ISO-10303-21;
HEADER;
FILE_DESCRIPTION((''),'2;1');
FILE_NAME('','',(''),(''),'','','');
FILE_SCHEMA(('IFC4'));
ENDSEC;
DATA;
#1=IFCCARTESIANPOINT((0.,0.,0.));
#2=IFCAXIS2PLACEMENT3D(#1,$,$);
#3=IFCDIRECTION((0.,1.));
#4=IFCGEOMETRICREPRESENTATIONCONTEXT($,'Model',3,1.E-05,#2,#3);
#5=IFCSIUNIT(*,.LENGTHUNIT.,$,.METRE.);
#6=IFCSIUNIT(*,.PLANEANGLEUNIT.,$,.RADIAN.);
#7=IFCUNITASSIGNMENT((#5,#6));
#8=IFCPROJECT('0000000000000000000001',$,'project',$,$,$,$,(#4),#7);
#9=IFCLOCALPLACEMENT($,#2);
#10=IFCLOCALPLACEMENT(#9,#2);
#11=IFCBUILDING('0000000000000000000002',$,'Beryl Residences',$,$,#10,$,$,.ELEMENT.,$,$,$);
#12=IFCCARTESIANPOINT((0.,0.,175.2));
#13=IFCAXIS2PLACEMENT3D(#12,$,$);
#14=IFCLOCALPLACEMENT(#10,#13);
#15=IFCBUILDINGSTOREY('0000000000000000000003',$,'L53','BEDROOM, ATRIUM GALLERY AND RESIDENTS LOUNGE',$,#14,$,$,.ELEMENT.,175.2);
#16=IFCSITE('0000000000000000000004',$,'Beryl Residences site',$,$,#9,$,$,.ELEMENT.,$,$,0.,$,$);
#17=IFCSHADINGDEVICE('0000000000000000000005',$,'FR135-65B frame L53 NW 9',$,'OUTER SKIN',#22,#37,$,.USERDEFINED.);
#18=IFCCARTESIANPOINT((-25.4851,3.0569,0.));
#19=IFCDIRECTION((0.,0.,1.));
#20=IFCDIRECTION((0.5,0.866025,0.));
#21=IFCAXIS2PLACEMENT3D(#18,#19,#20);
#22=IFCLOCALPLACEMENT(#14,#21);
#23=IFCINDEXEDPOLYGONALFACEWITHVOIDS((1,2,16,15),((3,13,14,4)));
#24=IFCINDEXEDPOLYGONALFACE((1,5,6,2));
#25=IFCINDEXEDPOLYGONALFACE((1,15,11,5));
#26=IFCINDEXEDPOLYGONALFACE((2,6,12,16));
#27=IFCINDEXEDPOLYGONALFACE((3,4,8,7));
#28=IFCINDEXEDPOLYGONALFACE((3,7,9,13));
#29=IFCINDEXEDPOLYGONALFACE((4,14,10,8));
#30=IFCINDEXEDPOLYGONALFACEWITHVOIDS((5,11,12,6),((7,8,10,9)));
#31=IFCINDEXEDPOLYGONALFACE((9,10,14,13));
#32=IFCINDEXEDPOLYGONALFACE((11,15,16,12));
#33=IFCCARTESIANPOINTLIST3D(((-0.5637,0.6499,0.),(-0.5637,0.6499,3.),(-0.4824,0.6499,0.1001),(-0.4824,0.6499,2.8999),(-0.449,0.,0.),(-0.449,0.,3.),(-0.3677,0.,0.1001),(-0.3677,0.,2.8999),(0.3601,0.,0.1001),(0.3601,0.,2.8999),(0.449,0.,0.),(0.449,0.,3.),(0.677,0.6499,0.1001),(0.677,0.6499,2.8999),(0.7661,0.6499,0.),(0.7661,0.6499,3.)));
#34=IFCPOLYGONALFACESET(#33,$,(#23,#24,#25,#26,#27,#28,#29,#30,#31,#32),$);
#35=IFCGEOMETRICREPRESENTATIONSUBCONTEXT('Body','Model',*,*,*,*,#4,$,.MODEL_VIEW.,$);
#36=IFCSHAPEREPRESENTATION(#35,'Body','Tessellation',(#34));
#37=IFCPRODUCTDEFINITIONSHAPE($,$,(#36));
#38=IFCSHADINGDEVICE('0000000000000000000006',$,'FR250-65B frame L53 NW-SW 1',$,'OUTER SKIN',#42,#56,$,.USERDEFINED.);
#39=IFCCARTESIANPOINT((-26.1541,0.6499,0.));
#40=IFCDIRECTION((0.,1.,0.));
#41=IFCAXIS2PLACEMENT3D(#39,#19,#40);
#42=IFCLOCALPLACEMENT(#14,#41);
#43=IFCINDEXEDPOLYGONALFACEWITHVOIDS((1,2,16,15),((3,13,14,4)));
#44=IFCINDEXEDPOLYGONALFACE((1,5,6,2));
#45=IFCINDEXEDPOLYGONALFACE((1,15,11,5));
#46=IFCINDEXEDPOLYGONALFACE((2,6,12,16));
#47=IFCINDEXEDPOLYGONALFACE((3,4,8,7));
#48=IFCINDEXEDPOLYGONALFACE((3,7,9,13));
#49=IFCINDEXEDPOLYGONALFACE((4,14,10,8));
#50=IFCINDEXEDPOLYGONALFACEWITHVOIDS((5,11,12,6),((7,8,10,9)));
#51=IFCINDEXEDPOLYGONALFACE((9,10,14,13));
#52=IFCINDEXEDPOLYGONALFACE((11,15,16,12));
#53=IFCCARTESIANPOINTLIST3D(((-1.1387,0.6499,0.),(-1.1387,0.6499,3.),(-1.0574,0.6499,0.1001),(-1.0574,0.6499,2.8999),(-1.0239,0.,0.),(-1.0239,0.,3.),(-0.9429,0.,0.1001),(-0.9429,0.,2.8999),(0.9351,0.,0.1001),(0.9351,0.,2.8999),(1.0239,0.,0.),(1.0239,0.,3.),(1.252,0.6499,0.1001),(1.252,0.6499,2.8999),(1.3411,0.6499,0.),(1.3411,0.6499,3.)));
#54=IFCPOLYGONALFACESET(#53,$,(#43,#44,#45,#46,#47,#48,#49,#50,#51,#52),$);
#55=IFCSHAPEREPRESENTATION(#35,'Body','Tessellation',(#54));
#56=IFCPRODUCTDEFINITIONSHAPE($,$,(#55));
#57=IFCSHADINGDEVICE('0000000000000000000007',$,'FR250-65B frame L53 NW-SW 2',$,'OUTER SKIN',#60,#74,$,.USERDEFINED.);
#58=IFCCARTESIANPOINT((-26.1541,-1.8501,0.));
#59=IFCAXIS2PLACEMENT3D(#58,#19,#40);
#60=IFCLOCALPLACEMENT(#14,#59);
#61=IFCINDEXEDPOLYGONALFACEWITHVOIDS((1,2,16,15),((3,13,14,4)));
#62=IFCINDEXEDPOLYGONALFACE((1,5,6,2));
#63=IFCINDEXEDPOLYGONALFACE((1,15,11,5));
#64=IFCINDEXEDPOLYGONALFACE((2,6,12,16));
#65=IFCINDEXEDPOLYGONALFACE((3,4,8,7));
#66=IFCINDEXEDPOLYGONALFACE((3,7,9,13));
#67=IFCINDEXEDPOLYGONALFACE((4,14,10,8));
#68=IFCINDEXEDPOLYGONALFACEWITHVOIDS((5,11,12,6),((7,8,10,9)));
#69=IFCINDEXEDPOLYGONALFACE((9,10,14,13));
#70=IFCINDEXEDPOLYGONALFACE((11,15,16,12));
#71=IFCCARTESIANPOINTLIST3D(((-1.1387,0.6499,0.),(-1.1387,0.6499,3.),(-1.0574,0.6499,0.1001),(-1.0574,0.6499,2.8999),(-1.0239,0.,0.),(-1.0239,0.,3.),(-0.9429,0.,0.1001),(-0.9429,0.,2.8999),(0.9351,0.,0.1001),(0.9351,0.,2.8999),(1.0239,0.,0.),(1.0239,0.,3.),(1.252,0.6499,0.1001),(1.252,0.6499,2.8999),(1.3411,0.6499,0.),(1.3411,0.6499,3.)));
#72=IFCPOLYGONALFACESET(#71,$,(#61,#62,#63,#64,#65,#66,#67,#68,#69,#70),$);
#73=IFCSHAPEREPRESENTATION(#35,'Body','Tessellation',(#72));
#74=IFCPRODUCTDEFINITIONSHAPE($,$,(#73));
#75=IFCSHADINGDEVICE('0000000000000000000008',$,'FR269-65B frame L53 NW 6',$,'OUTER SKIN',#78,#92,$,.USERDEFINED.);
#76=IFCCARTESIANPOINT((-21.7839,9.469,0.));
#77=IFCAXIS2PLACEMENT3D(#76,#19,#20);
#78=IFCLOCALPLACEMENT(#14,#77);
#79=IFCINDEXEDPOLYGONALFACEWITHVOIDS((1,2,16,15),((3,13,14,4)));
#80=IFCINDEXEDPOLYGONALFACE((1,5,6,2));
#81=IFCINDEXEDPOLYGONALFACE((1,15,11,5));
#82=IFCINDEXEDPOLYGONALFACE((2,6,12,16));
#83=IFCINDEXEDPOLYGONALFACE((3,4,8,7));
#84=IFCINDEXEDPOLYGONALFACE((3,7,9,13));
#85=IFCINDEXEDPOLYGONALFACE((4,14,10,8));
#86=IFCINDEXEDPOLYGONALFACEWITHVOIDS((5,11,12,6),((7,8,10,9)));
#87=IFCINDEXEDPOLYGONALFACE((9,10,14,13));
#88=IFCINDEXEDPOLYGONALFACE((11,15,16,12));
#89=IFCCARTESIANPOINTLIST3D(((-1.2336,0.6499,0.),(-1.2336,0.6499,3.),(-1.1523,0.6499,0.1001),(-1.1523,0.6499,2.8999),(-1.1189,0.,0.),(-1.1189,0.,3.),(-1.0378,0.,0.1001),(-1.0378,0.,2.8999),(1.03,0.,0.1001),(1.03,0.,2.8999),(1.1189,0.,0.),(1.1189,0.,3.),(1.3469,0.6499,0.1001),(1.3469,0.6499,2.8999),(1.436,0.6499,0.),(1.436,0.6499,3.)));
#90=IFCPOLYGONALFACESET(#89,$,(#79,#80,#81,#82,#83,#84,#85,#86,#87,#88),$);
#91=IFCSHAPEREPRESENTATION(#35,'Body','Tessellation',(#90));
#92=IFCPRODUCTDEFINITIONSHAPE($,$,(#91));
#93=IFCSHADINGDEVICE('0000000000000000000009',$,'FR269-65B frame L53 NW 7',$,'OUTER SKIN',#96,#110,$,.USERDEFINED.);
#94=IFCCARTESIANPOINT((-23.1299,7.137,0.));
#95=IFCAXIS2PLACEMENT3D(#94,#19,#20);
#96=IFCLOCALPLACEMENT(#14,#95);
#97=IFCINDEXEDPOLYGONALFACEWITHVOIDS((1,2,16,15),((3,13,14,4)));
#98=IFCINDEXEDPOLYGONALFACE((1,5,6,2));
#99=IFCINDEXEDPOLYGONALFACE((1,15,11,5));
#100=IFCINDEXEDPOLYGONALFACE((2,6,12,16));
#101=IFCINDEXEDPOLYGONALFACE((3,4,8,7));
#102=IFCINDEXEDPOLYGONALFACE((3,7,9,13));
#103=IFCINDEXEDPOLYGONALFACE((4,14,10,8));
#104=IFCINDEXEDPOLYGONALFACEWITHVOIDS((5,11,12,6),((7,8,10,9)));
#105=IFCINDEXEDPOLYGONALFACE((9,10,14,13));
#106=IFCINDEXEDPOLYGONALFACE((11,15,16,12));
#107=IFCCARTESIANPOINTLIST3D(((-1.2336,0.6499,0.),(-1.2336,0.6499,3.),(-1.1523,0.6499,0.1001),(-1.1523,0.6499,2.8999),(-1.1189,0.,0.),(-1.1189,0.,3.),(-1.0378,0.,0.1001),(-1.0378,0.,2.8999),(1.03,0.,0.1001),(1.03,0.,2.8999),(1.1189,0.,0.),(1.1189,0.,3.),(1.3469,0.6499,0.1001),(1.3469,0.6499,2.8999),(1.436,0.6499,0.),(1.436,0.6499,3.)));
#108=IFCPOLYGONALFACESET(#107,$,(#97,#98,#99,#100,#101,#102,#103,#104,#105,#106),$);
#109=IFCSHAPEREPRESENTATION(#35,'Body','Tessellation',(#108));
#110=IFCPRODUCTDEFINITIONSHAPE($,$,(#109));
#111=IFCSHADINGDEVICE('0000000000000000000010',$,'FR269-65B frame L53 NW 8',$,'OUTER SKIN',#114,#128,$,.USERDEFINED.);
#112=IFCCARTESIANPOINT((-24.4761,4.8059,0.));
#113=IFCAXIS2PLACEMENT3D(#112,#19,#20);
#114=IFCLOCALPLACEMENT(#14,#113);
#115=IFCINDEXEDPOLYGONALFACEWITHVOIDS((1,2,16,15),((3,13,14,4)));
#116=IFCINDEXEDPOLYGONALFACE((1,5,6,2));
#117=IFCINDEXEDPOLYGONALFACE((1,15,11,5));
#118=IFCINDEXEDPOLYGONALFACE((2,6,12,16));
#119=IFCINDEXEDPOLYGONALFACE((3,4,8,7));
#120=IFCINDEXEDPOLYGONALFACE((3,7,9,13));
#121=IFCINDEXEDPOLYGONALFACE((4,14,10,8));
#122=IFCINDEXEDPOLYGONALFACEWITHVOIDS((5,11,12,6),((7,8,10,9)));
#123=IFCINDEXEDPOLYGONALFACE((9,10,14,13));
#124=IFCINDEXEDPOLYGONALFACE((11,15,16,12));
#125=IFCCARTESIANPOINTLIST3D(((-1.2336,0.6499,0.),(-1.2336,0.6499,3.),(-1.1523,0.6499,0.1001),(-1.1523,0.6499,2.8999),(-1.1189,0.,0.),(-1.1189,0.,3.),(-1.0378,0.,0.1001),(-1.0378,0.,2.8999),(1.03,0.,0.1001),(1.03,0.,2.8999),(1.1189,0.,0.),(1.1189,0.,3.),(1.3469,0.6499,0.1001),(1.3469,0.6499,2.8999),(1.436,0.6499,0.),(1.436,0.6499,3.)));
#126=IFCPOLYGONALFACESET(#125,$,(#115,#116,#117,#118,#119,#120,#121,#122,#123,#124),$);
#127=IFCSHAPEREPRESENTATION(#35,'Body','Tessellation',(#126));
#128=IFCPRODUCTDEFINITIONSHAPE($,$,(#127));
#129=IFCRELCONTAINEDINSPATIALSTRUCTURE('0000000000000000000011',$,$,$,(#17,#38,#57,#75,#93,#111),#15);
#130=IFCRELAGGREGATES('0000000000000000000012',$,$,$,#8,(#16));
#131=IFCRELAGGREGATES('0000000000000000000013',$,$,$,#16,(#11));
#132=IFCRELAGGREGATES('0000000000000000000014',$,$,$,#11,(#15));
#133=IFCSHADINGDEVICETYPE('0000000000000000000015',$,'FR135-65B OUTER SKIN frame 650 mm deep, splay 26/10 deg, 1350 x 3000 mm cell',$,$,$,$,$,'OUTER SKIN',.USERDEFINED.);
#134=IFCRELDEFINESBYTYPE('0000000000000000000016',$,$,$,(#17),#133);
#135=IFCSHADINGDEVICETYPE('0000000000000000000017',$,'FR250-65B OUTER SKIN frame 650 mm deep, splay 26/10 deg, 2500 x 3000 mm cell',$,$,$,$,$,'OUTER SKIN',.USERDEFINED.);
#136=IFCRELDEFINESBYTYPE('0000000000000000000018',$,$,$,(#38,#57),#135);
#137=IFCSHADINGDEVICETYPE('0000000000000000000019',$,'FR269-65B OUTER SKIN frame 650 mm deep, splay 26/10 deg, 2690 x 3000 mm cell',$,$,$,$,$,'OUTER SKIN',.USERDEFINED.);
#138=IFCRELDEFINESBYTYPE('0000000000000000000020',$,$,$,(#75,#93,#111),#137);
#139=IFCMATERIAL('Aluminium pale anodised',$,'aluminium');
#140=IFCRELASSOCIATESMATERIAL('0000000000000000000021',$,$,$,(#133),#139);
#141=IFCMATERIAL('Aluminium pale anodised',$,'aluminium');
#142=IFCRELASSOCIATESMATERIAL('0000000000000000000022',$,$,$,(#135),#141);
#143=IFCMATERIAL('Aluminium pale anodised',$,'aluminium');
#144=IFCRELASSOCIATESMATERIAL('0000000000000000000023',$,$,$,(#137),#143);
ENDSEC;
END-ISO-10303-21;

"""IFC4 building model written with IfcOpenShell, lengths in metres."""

from ifc_helpers import new_model, entity, si_unit, direction, frame, origin, place, context, subcontext, project, spatial, source, transform, mapped, material, type_object, type_shapes, element, save


model = new_model("IFC4")

# Units and contexts
model_context = context("Model", 3, precision=1e-05, world=origin(), true_north=direction((0.0, 1.0)))
body_context = subcontext(model_context, "Body", "Model", "MODEL_VIEW")
ifc_project = project(units=[si_unit("LENGTHUNIT", "METRE"), si_unit("PLANEANGLEUNIT", "RADIAN")], contexts=[model_context])

# Site, building, storey
site_placement = place(None, origin())
site = spatial("IfcSite", under=ifc_project, at=site_placement, Name="Beryl Residences site", CompositionType="ELEMENT", RefElevation=0.0)
building_placement = place(site_placement, origin())
building = spatial("IfcBuilding", under=site, at=building_placement, Name="Beryl Residences", CompositionType="ELEMENT")
storey_placement = place(building_placement, frame((0.0, 0.0, 175.2)))
storey = spatial("IfcBuildingStorey", under=building, at=storey_placement, Name="L53", Description="BEDROOM, ATRIUM GALLERY AND RESIDENTS LOUNGE", CompositionType="ELEMENT", Elevation=175.2)

# Shading devices
ifc_material_1 = material(Name="Aluminium pale anodised", Category="aluminium")
shading_device_type_1 = type_object("IfcShadingDeviceType", Name="FR135-65B OUTER SKIN frame 650 mm deep, splay 26/10 deg, 1350 x 3000 mm cell", ElementType="OUTER SKIN", PredefinedType="USERDEFINED", material=ifc_material_1)
cartesian_point_1 = entity("IfcCartesianPoint", [-0.449, 0.0])
cartesian_point_2 = entity("IfcCartesianPoint", [-0.3601, 0.1001])
cartesian_point_3 = entity("IfcCartesianPoint", [-0.7661, 0.0])
cartesian_point_4 = entity("IfcCartesianPoint", [-0.677, 0.1001])
shared_shape_1 = source(origin(), body_context, "Body", "SweptSolid", [
    entity("IfcExtrudedAreaSolidTapered", entity("IfcArbitraryProfileDefWithVoids", "AREA", None, entity("IfcPolyline", [cartesian_point_1, entity("IfcCartesianPoint", [0.449, 0.0]), entity("IfcCartesianPoint", [0.449, 3.0]), entity("IfcCartesianPoint", [-0.449, 3.0]), cartesian_point_1]), [entity("IfcPolyline", [cartesian_point_2, entity("IfcCartesianPoint", [0.3677, 0.1001]), entity("IfcCartesianPoint", [0.3677, 2.8999]), entity("IfcCartesianPoint", [-0.3601, 2.8999]), cartesian_point_2])]), entity("IfcAxis2Placement3D", entity("IfcCartesianPoint", [0.0, 0.0, 0.0]), entity("IfcDirection", [0.0, 1.0, 0.0]), entity("IfcDirection", [-1.0, 0.0, 0.0])), entity("IfcDirection", [0.0, 0.0, 1.0]), 0.6499, entity("IfcArbitraryProfileDefWithVoids", "AREA", None, entity("IfcPolyline", [cartesian_point_3, entity("IfcCartesianPoint", [0.5637, 0.0]), entity("IfcCartesianPoint", [0.5637, 3.0]), entity("IfcCartesianPoint", [-0.7661, 3.0]), cartesian_point_3]), [entity("IfcPolyline", [cartesian_point_4, entity("IfcCartesianPoint", [0.4824, 0.1001]), entity("IfcCartesianPoint", [0.4824, 2.8999]), entity("IfcCartesianPoint", [-0.677, 2.8999]), cartesian_point_4])])),
])
type_shapes(shading_device_type_1, [shared_shape_1])
shading_device_placement = place(storey_placement, frame((-25.4851, 3.0569, 0.0), z_axis=(0.0, 0.0, 1.0), x_axis=(0.5, 0.866025, 0.0)))
element("IfcShadingDevice", 1, at=shading_device_placement, inside=storey, type_object=shading_device_type_1, Name="FR135-65B frame L53 NW 9", ObjectType="OUTER SKIN", PredefinedType="USERDEFINED", context=body_context, shape_type="MappedRepresentation", body=[
    mapped(shared_shape_1, transform((0.0, 0.0, 0.0))),
])
ifc_material_2 = material(Name="Aluminium pale anodised", Category="aluminium")
shading_device_type_2 = type_object("IfcShadingDeviceType", Name="FR250-65B OUTER SKIN frame 650 mm deep, splay 26/10 deg, 2500 x 3000 mm cell", ElementType="OUTER SKIN", PredefinedType="USERDEFINED", material=ifc_material_2)
cartesian_point_5 = entity("IfcCartesianPoint", [-1.0239, 0.0])
cartesian_point_6 = entity("IfcCartesianPoint", [-0.9351, 0.1001])
cartesian_point_7 = entity("IfcCartesianPoint", [-1.3411, 0.0])
cartesian_point_8 = entity("IfcCartesianPoint", [-1.252, 0.1001])
shared_shape_2 = source(origin(), body_context, "Body", "SweptSolid", [
    entity("IfcExtrudedAreaSolidTapered", entity("IfcArbitraryProfileDefWithVoids", "AREA", None, entity("IfcPolyline", [cartesian_point_5, entity("IfcCartesianPoint", [1.0239, 0.0]), entity("IfcCartesianPoint", [1.0239, 3.0]), entity("IfcCartesianPoint", [-1.0239, 3.0]), cartesian_point_5]), [entity("IfcPolyline", [cartesian_point_6, entity("IfcCartesianPoint", [0.9429, 0.1001]), entity("IfcCartesianPoint", [0.9429, 2.8999]), entity("IfcCartesianPoint", [-0.9351, 2.8999]), cartesian_point_6])]), entity("IfcAxis2Placement3D", entity("IfcCartesianPoint", [0.0, 0.0, 0.0]), entity("IfcDirection", [0.0, 1.0, 0.0]), entity("IfcDirection", [-1.0, 0.0, 0.0])), entity("IfcDirection", [0.0, 0.0, 1.0]), 0.6499, entity("IfcArbitraryProfileDefWithVoids", "AREA", None, entity("IfcPolyline", [cartesian_point_7, entity("IfcCartesianPoint", [1.1387, 0.0]), entity("IfcCartesianPoint", [1.1387, 3.0]), entity("IfcCartesianPoint", [-1.3411, 3.0]), cartesian_point_7]), [entity("IfcPolyline", [cartesian_point_8, entity("IfcCartesianPoint", [1.0574, 0.1001]), entity("IfcCartesianPoint", [1.0574, 2.8999]), entity("IfcCartesianPoint", [-1.252, 2.8999]), cartesian_point_8])])),
])
type_shapes(shading_device_type_2, [shared_shape_2])
for number, where, z_axis, x_axis, name in (
    (2, (-26.1541, 0.6499, 0.0), (0.0, 0.0, 1.0), (0.0, 1.0, 0.0), "FR250-65B frame L53 NW-SW 1"),
    (3, (-26.1541, -1.8501, 0.0), (0.0, 0.0, 1.0), (0.0, 1.0, 0.0), "FR250-65B frame L53 NW-SW 2"),
):
    element("IfcShadingDevice", number, at=place(storey_placement, frame(where, z_axis=z_axis, x_axis=x_axis)), inside=storey, type_object=shading_device_type_2, Name=name, ObjectType="OUTER SKIN", PredefinedType="USERDEFINED", context=body_context, shape_type="MappedRepresentation", body=[
        mapped(shared_shape_2, transform((0.0, 0.0, 0.0))),
    ])
ifc_material_3 = material(Name="Aluminium pale anodised", Category="aluminium")
shading_device_type_3 = type_object("IfcShadingDeviceType", Name="FR269-65B OUTER SKIN frame 650 mm deep, splay 26/10 deg, 2690 x 3000 mm cell", ElementType="OUTER SKIN", PredefinedType="USERDEFINED", material=ifc_material_3)
cartesian_point_9 = entity("IfcCartesianPoint", [-1.1189, 0.0])
cartesian_point_10 = entity("IfcCartesianPoint", [-1.03, 0.1001])
cartesian_point_11 = entity("IfcCartesianPoint", [-1.436, 0.0])
cartesian_point_12 = entity("IfcCartesianPoint", [-1.3469, 0.1001])
shared_shape_3 = source(origin(), body_context, "Body", "SweptSolid", [
    entity("IfcExtrudedAreaSolidTapered", entity("IfcArbitraryProfileDefWithVoids", "AREA", None, entity("IfcPolyline", [cartesian_point_9, entity("IfcCartesianPoint", [1.1189, 0.0]), entity("IfcCartesianPoint", [1.1189, 3.0]), entity("IfcCartesianPoint", [-1.1189, 3.0]), cartesian_point_9]), [entity("IfcPolyline", [cartesian_point_10, entity("IfcCartesianPoint", [1.0378, 0.1001]), entity("IfcCartesianPoint", [1.0378, 2.8999]), entity("IfcCartesianPoint", [-1.03, 2.8999]), cartesian_point_10])]), entity("IfcAxis2Placement3D", entity("IfcCartesianPoint", [0.0, 0.0, 0.0]), entity("IfcDirection", [0.0, 1.0, 0.0]), entity("IfcDirection", [-1.0, 0.0, 0.0])), entity("IfcDirection", [0.0, 0.0, 1.0]), 0.6499, entity("IfcArbitraryProfileDefWithVoids", "AREA", None, entity("IfcPolyline", [cartesian_point_11, entity("IfcCartesianPoint", [1.2336, 0.0]), entity("IfcCartesianPoint", [1.2336, 3.0]), entity("IfcCartesianPoint", [-1.436, 3.0]), cartesian_point_11]), [entity("IfcPolyline", [cartesian_point_12, entity("IfcCartesianPoint", [1.1523, 0.1001]), entity("IfcCartesianPoint", [1.1523, 2.8999]), entity("IfcCartesianPoint", [-1.3469, 2.8999]), cartesian_point_12])])),
])
type_shapes(shading_device_type_3, [shared_shape_3])
for number, where, z_axis, x_axis, name in (
    (4, (-21.7839, 9.469, 0.0), (0.0, 0.0, 1.0), (0.5, 0.866025, 0.0), "FR269-65B frame L53 NW 6"),
    (5, (-23.1299, 7.137, 0.0), (0.0, 0.0, 1.0), (0.5, 0.866025, 0.0), "FR269-65B frame L53 NW 7"),
    (6, (-24.4761, 4.8059, 0.0), (0.0, 0.0, 1.0), (0.5, 0.866025, 0.0), "FR269-65B frame L53 NW 8"),
):
    element("IfcShadingDevice", number, at=place(storey_placement, frame(where, z_axis=z_axis, x_axis=x_axis)), inside=storey, type_object=shading_device_type_3, Name=name, ObjectType="OUTER SKIN", PredefinedType="USERDEFINED", context=body_context, shape_type="MappedRepresentation", body=[
        mapped(shared_shape_3, transform((0.0, 0.0, 0.0))),
    ])

save(model, "model.ifc")
